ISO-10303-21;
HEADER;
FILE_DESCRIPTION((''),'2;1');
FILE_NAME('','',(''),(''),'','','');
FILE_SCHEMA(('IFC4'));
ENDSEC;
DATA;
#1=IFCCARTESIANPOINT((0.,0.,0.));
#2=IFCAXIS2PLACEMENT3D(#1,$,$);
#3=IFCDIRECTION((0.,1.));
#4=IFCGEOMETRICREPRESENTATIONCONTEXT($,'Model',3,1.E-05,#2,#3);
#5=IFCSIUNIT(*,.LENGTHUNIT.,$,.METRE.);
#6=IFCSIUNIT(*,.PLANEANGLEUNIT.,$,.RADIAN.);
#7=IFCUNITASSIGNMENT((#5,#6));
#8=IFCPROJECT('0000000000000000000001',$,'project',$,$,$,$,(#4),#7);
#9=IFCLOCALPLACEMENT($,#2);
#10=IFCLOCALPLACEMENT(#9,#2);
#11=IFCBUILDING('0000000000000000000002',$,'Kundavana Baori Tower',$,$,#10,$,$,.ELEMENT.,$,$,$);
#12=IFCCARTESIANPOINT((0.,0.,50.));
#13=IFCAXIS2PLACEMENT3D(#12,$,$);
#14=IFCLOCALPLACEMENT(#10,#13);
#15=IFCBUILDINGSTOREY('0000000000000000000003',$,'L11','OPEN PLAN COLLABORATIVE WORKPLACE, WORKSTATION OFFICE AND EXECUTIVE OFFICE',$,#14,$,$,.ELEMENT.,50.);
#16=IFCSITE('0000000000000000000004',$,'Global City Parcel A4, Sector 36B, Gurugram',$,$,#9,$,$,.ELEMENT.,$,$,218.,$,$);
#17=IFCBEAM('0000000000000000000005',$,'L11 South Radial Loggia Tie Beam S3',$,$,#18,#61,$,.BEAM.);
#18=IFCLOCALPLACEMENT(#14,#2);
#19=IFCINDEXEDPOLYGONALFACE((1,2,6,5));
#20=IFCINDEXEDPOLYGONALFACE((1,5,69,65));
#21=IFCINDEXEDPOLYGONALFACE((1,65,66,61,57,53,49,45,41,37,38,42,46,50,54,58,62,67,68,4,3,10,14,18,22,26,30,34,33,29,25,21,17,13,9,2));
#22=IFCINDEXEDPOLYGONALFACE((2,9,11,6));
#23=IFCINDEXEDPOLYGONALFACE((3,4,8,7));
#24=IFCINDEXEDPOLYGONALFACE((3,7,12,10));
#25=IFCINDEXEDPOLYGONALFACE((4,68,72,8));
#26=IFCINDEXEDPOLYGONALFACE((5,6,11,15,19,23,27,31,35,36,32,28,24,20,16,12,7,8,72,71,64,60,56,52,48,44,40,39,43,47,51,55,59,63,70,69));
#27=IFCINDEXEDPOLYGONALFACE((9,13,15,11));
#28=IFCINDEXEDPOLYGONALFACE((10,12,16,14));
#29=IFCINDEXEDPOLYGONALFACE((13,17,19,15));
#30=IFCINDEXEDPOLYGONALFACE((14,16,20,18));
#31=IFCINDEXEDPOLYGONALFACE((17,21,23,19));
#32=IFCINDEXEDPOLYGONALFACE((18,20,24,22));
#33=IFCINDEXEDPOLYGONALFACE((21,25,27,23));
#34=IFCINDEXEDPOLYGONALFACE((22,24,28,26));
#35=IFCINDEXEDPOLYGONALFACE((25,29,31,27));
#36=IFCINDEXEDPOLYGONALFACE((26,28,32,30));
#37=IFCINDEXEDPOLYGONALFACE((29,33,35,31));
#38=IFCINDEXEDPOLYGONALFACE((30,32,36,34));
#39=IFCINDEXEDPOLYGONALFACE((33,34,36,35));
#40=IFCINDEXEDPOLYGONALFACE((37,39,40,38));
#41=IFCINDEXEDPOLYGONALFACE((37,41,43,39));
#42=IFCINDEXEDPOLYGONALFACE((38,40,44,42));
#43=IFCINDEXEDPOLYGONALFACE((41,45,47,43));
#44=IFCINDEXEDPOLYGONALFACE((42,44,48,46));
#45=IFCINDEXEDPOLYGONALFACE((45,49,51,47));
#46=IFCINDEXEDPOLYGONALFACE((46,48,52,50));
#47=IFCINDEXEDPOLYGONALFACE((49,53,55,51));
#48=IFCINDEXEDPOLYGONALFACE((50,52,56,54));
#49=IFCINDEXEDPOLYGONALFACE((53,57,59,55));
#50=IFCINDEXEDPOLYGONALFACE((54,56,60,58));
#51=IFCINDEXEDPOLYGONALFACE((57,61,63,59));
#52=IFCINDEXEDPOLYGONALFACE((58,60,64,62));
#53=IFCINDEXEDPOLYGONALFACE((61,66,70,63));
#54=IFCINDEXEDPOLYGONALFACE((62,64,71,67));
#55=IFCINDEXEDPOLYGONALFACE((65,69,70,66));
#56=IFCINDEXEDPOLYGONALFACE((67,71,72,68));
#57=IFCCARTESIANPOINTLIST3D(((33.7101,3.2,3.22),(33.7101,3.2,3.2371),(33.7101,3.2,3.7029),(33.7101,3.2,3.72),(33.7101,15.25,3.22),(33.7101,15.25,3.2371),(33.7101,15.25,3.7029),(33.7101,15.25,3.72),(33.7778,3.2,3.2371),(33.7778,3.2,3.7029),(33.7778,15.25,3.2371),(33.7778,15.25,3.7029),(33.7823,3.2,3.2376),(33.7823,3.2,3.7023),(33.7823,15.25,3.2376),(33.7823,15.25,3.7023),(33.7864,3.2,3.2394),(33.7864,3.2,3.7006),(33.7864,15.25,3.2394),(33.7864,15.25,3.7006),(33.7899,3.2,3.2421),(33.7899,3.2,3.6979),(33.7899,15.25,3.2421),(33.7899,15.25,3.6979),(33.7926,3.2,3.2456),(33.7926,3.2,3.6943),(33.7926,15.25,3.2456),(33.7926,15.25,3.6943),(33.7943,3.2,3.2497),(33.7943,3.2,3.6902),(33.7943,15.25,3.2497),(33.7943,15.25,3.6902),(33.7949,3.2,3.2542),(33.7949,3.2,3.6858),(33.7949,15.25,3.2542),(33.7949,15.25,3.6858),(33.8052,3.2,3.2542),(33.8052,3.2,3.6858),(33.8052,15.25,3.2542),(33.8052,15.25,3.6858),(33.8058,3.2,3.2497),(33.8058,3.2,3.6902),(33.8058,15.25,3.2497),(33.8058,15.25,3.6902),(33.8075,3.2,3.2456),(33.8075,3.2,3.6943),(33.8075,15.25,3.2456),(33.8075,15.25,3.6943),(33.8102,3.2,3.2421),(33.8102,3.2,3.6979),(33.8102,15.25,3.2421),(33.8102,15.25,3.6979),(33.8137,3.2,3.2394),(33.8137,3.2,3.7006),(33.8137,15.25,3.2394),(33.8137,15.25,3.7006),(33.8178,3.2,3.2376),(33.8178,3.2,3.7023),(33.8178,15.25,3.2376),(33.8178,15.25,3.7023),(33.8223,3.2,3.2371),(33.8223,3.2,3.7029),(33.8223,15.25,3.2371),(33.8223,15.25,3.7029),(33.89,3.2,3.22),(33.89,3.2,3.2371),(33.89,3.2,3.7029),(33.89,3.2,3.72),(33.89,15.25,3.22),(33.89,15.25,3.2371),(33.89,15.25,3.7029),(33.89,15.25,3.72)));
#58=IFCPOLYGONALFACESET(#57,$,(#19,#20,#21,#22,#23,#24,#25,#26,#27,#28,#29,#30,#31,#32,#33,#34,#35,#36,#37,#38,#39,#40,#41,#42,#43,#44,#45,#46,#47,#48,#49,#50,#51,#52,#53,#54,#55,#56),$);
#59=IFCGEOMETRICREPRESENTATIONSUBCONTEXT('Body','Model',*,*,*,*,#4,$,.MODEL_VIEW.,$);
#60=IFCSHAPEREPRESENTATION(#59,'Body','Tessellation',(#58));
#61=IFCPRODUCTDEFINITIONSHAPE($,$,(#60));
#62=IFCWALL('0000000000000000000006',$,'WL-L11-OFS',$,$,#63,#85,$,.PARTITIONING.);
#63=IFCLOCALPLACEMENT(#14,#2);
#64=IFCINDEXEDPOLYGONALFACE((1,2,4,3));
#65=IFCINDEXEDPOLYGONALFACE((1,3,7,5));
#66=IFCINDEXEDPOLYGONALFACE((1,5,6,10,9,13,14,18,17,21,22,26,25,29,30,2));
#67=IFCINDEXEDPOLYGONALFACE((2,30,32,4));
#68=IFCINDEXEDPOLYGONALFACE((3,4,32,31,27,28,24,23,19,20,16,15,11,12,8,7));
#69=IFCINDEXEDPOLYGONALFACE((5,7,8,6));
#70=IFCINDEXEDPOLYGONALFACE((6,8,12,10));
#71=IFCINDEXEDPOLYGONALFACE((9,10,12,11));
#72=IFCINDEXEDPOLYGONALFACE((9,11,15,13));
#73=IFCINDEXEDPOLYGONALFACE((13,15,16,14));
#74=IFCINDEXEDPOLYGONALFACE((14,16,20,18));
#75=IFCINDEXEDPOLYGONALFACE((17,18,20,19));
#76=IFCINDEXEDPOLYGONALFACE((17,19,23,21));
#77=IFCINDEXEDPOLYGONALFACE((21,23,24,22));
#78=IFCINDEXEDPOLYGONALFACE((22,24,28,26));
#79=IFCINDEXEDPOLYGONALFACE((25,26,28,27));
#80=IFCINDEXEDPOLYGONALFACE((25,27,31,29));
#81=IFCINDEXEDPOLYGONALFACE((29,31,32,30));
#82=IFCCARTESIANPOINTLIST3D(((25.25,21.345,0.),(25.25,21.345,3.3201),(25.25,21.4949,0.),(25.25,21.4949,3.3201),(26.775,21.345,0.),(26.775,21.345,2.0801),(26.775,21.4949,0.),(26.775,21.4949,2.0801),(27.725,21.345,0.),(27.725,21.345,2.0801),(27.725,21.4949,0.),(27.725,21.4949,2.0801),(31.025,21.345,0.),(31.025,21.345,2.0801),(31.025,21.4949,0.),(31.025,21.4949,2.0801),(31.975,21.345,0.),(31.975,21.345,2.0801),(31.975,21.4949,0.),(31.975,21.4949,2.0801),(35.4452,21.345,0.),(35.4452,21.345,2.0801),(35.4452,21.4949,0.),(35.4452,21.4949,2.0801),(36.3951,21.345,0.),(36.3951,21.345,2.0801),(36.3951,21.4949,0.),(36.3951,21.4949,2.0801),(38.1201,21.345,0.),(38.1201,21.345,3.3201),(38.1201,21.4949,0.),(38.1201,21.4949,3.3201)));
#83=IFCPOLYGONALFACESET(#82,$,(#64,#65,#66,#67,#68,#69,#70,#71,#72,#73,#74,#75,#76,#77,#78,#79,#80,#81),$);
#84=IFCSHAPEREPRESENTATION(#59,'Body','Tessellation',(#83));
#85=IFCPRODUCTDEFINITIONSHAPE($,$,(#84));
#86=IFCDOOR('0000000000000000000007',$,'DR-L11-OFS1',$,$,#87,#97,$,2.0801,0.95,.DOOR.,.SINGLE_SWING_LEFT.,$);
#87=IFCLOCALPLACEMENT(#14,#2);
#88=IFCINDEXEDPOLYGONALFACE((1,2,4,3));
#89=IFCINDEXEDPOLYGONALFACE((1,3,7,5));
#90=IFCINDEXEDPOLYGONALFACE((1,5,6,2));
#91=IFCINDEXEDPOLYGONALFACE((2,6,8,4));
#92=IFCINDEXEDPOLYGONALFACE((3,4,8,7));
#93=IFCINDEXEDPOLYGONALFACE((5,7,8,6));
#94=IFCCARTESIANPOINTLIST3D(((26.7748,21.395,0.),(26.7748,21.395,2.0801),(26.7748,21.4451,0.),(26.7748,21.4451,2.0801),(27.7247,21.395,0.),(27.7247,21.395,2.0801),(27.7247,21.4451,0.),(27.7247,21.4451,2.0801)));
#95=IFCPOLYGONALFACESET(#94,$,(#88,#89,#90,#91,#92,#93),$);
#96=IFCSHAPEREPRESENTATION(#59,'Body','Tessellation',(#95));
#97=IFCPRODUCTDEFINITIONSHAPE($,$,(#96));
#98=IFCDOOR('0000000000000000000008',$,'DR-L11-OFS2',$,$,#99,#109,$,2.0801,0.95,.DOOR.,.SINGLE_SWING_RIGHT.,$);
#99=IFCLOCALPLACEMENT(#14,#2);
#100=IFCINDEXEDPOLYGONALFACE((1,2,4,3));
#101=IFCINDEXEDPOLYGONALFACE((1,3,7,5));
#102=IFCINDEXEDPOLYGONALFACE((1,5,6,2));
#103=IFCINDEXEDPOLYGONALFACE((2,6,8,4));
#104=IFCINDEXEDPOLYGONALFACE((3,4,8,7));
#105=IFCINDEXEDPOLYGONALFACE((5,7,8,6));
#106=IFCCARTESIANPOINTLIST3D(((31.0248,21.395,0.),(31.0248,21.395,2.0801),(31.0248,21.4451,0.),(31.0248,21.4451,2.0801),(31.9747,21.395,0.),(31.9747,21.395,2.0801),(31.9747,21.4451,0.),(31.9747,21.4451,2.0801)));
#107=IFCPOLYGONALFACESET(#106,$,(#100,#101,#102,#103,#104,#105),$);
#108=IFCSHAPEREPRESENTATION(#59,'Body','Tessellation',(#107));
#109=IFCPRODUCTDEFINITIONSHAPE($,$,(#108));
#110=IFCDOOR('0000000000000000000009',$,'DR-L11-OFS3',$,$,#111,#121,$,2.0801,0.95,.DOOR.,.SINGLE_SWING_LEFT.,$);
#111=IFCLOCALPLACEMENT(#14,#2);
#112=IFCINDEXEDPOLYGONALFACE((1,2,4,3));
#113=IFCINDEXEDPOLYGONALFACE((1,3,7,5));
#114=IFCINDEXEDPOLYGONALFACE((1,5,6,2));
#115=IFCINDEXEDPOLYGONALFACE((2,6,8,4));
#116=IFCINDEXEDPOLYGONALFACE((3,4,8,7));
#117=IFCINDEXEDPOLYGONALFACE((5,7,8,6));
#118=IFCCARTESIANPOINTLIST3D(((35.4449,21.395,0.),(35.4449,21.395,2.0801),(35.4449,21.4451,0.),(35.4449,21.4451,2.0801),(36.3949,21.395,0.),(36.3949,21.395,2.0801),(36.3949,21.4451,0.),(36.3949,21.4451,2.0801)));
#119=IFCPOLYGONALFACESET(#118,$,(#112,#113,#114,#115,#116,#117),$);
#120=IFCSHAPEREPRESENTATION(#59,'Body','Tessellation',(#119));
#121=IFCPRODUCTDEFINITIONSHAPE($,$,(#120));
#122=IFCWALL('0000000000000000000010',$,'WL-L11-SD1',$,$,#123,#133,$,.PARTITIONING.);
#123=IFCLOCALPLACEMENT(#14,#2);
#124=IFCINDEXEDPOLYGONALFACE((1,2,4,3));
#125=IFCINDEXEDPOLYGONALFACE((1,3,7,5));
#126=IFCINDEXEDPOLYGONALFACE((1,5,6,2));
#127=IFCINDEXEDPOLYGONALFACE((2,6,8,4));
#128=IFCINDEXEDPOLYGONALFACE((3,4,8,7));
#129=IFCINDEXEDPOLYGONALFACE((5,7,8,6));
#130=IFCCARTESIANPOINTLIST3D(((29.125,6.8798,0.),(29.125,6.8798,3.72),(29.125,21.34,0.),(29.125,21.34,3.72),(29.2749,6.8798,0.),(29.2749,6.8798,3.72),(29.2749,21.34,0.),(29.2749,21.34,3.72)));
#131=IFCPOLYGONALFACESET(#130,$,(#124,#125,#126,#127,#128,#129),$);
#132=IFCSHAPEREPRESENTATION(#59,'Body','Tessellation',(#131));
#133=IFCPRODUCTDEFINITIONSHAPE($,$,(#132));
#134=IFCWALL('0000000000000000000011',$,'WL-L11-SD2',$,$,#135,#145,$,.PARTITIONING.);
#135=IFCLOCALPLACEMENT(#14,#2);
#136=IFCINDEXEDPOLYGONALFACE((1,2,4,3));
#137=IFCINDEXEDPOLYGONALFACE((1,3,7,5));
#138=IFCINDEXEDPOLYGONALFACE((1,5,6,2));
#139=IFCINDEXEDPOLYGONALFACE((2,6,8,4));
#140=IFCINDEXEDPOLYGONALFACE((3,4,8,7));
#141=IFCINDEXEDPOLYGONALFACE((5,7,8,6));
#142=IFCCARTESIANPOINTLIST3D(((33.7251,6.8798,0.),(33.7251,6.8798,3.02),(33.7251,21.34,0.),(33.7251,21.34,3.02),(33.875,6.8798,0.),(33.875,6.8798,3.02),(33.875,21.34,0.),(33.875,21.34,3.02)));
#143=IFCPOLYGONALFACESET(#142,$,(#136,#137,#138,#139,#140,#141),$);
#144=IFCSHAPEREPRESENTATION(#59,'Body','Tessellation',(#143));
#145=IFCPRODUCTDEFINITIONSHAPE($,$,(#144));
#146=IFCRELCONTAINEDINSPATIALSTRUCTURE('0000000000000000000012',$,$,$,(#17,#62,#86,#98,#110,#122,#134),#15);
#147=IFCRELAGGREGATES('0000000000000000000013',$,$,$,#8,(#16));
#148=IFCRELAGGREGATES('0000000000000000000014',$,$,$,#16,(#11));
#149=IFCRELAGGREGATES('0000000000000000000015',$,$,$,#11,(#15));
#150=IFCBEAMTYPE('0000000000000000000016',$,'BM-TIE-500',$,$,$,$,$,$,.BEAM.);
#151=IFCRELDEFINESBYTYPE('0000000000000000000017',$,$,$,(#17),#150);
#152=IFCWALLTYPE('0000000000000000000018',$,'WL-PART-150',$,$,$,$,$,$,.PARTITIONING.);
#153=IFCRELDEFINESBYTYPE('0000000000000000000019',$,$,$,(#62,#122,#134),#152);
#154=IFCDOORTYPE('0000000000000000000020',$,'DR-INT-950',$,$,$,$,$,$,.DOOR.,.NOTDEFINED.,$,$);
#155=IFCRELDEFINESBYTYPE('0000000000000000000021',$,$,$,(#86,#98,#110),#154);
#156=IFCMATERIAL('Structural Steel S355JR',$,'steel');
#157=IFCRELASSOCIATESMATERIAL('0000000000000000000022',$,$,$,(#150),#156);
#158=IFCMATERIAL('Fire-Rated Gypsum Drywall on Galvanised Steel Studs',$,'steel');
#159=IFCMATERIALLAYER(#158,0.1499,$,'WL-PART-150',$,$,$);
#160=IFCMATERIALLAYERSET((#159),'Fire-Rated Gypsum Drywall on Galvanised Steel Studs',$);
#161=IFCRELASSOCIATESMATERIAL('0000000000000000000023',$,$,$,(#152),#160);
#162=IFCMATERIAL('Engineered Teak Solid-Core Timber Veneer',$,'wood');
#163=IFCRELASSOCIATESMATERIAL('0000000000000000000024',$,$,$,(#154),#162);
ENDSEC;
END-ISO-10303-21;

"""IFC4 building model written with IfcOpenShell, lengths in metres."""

from ifc_helpers import new_model, si_unit, direction, frame, frame_2d, origin, origin_2d, place, context, subcontext, project, spatial, rectangle, i_section, extrude, material, layer, layer_set, material_profile, profile_set, type_object, element, fill, save


model = new_model("IFC4")

# Units and contexts
model_context = context("Model", 3, precision=1e-05, world=origin(), true_north=direction((0.0, 1.0)))
body_context = subcontext(model_context, "Body", "Model", "MODEL_VIEW")
ifc_project = project(units=[si_unit("LENGTHUNIT", "METRE"), si_unit("PLANEANGLEUNIT", "RADIAN")], contexts=[model_context])

# Site, building, storey
site_placement = place(None, origin())
site = spatial("IfcSite", under=ifc_project, at=site_placement, Name="Global City Parcel A4, Sector 36B, Gurugram", CompositionType="ELEMENT", RefElevation=218.0)
building_placement = place(site_placement, origin())
building = spatial("IfcBuilding", under=site, at=building_placement, Name="Kundavana Baori Tower", CompositionType="ELEMENT")
storey_placement = place(building_placement, frame((0.0, 0.0, 50.0)))
storey = spatial("IfcBuildingStorey", under=building, at=storey_placement, Name="L11", Description="OPEN PLAN COLLABORATIVE WORKPLACE, WORKSTATION OFFICE AND EXECUTIVE OFFICE", CompositionType="ELEMENT", Elevation=50.0)

# Beam
ifc_material_1 = material(Name="Structural Steel S355JR", Category="steel")
ifc_material_profile_1 = material_profile(ifc_material_1, i_section(OverallWidth=0.1799, OverallDepth=0.5, WebThickness=0.0103, FlangeThickness=0.0171, FilletRadius=0.0171, at=origin_2d()), Name="ISMB 500")
ifc_profile_set_1 = profile_set([ifc_material_profile_1], Name="Structural Steel S355JR")
beam_type_1 = type_object("IfcBeamType", Name="BM-TIE-500", PredefinedType="BEAM", material=ifc_profile_set_1)
for number, where, z_axis, x_axis, name in (
    (1, (33.8, 15.25, 3.47), (0.0, -1.0, 0.0), (1.0, 0.0, 0.0), "L11 South Radial Loggia Tie Beam S3"),
):
    element("IfcBeam", number, at=place(storey_placement, frame(where, z_axis=z_axis, x_axis=x_axis)), inside=storey, type_object=beam_type_1, Name=name, PredefinedType="BEAM", context=body_context, shape_type="SweptSolid", body=[
        extrude(i_section(OverallWidth=0.1799, OverallDepth=0.5, WebThickness=0.0103, FlangeThickness=0.0171, FilletRadius=0.0171, at=origin_2d()), origin(), (0.0, 0.0, 1.0), 12.05),
    ])

# Wall, openings, doors
ifc_material_2 = material(Name="Fire-Rated Gypsum Drywall on Galvanised Steel Studs", Category="steel")
ifc_layer = layer(ifc_material_2, 0.1499, Name="WL-PART-150")
ifc_layer_set = layer_set([ifc_layer], Name="Fire-Rated Gypsum Drywall on Galvanised Steel Studs")
wall_type = type_object("IfcWallType", Name="WL-PART-150", PredefinedType="PARTITIONING", material=ifc_layer_set)
wall_1_placement = place(storey_placement, frame((25.25, 21.4199, 0.0), z_axis=(0.0, 0.0, 1.0), x_axis=(1.0, 0.0, 0.0)))
wall_1 = element("IfcWall", 2, at=wall_1_placement, inside=storey, type_object=wall_type, Name="WL-L11-OFS", PredefinedType="PARTITIONING", context=body_context, shape_type="SweptSolid", body=[
    extrude(rectangle(XDim=12.8701, YDim=0.1499, at=frame_2d((6.4351, 0.0))), origin(), (0.0, 0.0, 1.0), 3.3201),
])
opening_1_placement = place(wall_1_placement, frame((1.5249, 0.0, 0.0)))
opening_1 = element("IfcOpeningElement", 3, at=opening_1_placement, cuts=wall_1, PredefinedType="OPENING", context=body_context, shape_type="SweptSolid", body=[
    extrude(rectangle(XDim=0.95, YDim=2.0801, at=frame_2d((0.4751, 1.04))), frame((0.0, 0.085, 0.0), z_axis=(0.0, -1.0, 0.0), x_axis=(1.0, 0.0, 0.0)), (0.0, 0.0, 1.0), 0.1699),
])
opening_2_placement = place(wall_1_placement, frame((5.7749, 0.0, 0.0)))
opening_2 = element("IfcOpeningElement", 4, at=opening_2_placement, cuts=wall_1, PredefinedType="OPENING", context=body_context, shape_type="SweptSolid", body=[
    extrude(rectangle(XDim=0.95, YDim=2.0801, at=frame_2d((0.4751, 1.04))), frame((0.0, 0.085, 0.0), z_axis=(0.0, -1.0, 0.0), x_axis=(1.0, 0.0, 0.0)), (0.0, 0.0, 1.0), 0.1699),
])
opening_3_placement = place(wall_1_placement, frame((10.1951, 0.0, 0.0)))
opening_3 = element("IfcOpeningElement", 5, at=opening_3_placement, cuts=wall_1, PredefinedType="OPENING", context=body_context, shape_type="SweptSolid", body=[
    extrude(rectangle(XDim=0.95, YDim=2.0801, at=frame_2d((0.4751, 1.04))), frame((0.0, 0.085, 0.0), z_axis=(0.0, -1.0, 0.0), x_axis=(1.0, 0.0, 0.0)), (0.0, 0.0, 1.0), 0.1699),
])
ifc_material_3 = material(Name="Engineered Teak Solid-Core Timber Veneer", Category="wood")
door_type = type_object("IfcDoorType", Name="DR-INT-950", OperationType="NOTDEFINED", PredefinedType="DOOR", material=ifc_material_3)
door_1_placement = place(opening_1_placement, frame((0.95, 0.0, 0.0), z_axis=(0.0, 0.0, 1.0), x_axis=(-1.0, 0.0, 0.0)))
door_1 = element("IfcDoor", 6, at=door_1_placement, inside=storey, type_object=door_type, Name="DR-L11-OFS1", OperationType="SINGLE_SWING_LEFT", OverallHeight=2.0801, OverallWidth=0.95, PredefinedType="DOOR", context=body_context, shape_type="SweptSolid", body=[
    extrude(rectangle(XDim=0.95, YDim=2.0801, at=frame_2d((0.4751, 1.04))), frame((0.0, 0.0249, 0.0), z_axis=(0.0, -1.0, 0.0), x_axis=(1.0, 0.0, 0.0)), (0.0, 0.0, 1.0), 0.05),
])
fill(opening_1, door_1)
door_2_placement = place(opening_2_placement, frame((0.95, 0.0, 0.0), z_axis=(0.0, 0.0, 1.0), x_axis=(-1.0, 0.0, 0.0)))
door_2 = element("IfcDoor", 7, at=door_2_placement, inside=storey, type_object=door_type, Name="DR-L11-OFS2", OperationType="SINGLE_SWING_RIGHT", OverallHeight=2.0801, OverallWidth=0.95, PredefinedType="DOOR", context=body_context, shape_type="SweptSolid", body=[
    extrude(rectangle(XDim=0.95, YDim=2.0801, at=frame_2d((0.4751, 1.04))), frame((0.0, 0.0249, 0.0), z_axis=(0.0, -1.0, 0.0), x_axis=(1.0, 0.0, 0.0)), (0.0, 0.0, 1.0), 0.05),
])
fill(opening_2, door_2)
door_3_placement = place(opening_3_placement, frame((0.95, 0.0, 0.0), z_axis=(0.0, 0.0, 1.0), x_axis=(-1.0, 0.0, 0.0)))
door_3 = element("IfcDoor", 8, at=door_3_placement, inside=storey, type_object=door_type, Name="DR-L11-OFS3", OperationType="SINGLE_SWING_LEFT", OverallHeight=2.0801, OverallWidth=0.95, PredefinedType="DOOR", context=body_context, shape_type="SweptSolid", body=[
    extrude(rectangle(XDim=0.95, YDim=2.0801, at=frame_2d((0.4751, 1.04))), frame((0.0, 0.0249, 0.0), z_axis=(0.0, -1.0, 0.0), x_axis=(1.0, 0.0, 0.0)), (0.0, 0.0, 1.0), 0.05),
])
fill(opening_3, door_3)

# Walls
wall_2_placement = place(storey_placement, frame((29.2, 6.8799, 0.0), z_axis=(0.0, 0.0, 1.0), x_axis=(0.0, 1.0, 0.0)))
element("IfcWall", 9, at=wall_2_placement, inside=storey, type_object=wall_type, Name="WL-L11-SD1", PredefinedType="PARTITIONING", context=body_context, shape_type="SweptSolid", body=[
    extrude(rectangle(XDim=14.4602, YDim=0.1499, at=frame_2d((7.23, 0.0))), origin(), (0.0, 0.0, 1.0), 3.72),
])
wall_3_placement = place(storey_placement, frame((33.8, 6.8799, 0.0), z_axis=(0.0, 0.0, 1.0), x_axis=(0.0, 1.0, 0.0)))
element("IfcWall", 10, at=wall_3_placement, inside=storey, type_object=wall_type, Name="WL-L11-SD2", PredefinedType="PARTITIONING", context=body_context, shape_type="SweptSolid", body=[
    extrude(rectangle(XDim=14.4602, YDim=0.1499, at=frame_2d((7.23, 0.0))), origin(), (0.0, 0.0, 1.0), 3.02),
])

save(model, "model.ifc")
